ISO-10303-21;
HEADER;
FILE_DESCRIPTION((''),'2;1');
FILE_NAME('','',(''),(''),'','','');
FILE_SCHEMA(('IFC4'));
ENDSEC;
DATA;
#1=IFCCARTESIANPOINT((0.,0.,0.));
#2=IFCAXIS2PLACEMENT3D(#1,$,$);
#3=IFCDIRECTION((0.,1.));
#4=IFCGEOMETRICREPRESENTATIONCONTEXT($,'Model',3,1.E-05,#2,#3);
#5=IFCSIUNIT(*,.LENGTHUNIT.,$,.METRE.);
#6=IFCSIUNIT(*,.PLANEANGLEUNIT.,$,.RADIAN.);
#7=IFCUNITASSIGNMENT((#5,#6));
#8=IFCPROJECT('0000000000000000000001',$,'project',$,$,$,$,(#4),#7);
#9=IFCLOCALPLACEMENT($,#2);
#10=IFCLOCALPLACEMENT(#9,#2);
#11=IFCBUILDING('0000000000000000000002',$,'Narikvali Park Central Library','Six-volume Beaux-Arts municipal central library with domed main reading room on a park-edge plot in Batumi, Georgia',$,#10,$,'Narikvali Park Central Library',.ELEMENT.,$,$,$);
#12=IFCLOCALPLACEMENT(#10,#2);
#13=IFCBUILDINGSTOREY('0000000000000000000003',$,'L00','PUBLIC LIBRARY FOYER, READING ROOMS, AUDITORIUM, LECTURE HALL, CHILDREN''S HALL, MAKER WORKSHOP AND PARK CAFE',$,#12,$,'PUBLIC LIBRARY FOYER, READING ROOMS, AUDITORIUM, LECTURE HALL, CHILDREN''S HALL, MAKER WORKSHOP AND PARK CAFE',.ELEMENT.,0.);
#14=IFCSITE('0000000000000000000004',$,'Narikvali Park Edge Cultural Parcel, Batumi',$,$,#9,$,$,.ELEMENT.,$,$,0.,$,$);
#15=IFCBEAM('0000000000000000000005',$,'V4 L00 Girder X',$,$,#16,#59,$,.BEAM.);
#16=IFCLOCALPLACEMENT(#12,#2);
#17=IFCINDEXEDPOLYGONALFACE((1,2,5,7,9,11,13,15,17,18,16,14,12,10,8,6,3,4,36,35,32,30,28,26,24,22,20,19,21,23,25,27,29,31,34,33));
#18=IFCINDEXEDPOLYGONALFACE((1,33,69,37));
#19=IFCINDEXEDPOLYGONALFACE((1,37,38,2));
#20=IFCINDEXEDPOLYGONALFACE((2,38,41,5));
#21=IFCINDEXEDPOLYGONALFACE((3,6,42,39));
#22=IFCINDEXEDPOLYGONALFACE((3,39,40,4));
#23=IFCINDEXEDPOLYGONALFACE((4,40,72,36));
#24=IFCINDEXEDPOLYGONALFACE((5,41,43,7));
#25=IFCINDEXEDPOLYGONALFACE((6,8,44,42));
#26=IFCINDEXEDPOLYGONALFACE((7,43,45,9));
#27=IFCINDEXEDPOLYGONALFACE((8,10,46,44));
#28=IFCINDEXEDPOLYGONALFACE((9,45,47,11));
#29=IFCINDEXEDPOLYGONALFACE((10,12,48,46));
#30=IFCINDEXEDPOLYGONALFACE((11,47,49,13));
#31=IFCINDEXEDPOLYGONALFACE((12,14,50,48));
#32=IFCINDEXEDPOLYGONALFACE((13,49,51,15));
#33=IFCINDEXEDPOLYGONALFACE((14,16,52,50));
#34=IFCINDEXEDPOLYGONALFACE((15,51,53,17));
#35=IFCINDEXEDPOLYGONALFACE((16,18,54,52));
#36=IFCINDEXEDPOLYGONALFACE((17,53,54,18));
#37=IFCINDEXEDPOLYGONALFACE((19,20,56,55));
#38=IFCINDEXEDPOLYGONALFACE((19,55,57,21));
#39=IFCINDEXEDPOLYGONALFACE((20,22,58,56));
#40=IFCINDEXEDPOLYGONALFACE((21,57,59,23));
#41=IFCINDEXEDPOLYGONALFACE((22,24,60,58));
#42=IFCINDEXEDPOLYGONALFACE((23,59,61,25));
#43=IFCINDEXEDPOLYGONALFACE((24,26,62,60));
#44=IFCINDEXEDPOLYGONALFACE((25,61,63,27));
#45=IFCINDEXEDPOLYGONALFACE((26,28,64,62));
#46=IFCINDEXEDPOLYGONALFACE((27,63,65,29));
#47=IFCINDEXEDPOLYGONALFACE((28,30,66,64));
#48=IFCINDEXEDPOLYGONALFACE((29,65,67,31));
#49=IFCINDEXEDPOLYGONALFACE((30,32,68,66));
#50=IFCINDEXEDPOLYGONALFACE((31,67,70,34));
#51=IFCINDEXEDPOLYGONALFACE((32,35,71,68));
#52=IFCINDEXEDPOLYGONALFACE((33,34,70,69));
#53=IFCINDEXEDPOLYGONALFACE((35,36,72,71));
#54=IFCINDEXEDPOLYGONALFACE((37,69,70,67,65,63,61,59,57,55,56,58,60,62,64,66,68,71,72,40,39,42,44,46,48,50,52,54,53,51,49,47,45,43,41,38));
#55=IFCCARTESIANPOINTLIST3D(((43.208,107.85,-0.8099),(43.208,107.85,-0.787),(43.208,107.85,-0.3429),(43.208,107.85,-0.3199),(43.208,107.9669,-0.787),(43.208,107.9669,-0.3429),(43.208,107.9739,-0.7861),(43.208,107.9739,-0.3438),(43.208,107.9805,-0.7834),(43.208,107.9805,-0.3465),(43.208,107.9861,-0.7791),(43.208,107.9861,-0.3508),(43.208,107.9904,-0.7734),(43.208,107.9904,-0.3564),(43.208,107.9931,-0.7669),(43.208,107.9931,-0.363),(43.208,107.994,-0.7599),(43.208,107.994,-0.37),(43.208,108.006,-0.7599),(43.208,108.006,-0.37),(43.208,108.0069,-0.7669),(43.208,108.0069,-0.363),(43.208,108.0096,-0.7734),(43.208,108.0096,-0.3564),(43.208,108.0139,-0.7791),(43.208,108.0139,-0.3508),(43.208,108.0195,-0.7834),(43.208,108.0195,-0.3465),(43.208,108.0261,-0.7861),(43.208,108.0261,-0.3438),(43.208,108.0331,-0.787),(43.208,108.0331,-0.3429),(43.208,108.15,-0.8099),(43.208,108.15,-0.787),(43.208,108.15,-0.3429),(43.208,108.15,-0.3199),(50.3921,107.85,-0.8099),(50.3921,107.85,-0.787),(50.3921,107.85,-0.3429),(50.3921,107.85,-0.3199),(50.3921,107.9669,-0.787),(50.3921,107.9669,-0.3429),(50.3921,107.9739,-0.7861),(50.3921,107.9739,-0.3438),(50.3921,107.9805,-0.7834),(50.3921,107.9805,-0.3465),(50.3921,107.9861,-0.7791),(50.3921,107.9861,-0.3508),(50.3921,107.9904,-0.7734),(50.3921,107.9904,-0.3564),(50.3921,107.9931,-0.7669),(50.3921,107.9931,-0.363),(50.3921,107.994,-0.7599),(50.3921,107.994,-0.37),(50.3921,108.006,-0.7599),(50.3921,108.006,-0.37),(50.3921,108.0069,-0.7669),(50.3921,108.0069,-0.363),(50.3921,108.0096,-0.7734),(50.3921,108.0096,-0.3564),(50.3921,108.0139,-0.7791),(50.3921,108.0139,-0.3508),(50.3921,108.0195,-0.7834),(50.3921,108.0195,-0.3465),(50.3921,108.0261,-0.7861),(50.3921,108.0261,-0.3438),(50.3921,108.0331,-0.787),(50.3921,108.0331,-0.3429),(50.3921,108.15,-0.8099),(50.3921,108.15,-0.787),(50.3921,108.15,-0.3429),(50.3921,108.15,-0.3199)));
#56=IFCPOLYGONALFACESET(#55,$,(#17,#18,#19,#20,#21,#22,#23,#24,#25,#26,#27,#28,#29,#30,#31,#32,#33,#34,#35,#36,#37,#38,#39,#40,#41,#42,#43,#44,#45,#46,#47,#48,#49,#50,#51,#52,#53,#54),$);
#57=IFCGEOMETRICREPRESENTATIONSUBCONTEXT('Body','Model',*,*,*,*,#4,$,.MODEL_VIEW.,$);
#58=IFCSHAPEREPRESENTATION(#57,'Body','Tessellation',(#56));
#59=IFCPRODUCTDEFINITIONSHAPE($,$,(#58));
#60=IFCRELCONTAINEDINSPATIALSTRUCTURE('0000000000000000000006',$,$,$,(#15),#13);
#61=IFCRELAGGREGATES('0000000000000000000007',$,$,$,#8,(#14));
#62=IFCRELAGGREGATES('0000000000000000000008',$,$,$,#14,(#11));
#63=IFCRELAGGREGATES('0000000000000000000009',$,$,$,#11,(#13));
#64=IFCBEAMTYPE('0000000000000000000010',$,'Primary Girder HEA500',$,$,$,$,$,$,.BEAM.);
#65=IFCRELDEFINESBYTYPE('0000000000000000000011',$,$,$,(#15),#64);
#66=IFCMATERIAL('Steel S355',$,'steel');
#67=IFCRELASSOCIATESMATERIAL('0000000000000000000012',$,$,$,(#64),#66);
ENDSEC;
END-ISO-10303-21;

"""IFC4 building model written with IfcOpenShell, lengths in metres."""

from ifc_helpers import new_model, si_unit, direction, frame, origin, origin_2d, place, context, subcontext, project, spatial, i_section, extrude, material, material_profile, profile_set, type_object, element, save


model = new_model("IFC4")

# Units and contexts
model_context = context("Model", 3, precision=1e-05, world=origin(), true_north=direction((0.0, 1.0)))
body_context = subcontext(model_context, "Body", "Model", "MODEL_VIEW")
ifc_project = project(units=[si_unit("LENGTHUNIT", "METRE"), si_unit("PLANEANGLEUNIT", "RADIAN")], contexts=[model_context])

# Site, building, storey
site_placement = place(None, origin())
site = spatial("IfcSite", under=ifc_project, at=site_placement, Name="Narikvali Park Edge Cultural Parcel, Batumi", CompositionType="ELEMENT", RefElevation=0.0)
building_placement = place(site_placement, origin())
building = spatial("IfcBuilding", under=site, at=building_placement, Name="Narikvali Park Central Library", Description="Six-volume Beaux-Arts municipal central library with domed main reading room on a park-edge plot in Batumi, Georgia", LongName="Narikvali Park Central Library", CompositionType="ELEMENT")
storey_placement = place(building_placement, origin())
storey = spatial("IfcBuildingStorey", under=building, at=storey_placement, Name="L00", Description="PUBLIC LIBRARY FOYER, READING ROOMS, AUDITORIUM, LECTURE HALL, CHILDREN'S HALL, MAKER WORKSHOP AND PARK CAFE", LongName="PUBLIC LIBRARY FOYER, READING ROOMS, AUDITORIUM, LECTURE HALL, CHILDREN'S HALL, MAKER WORKSHOP AND PARK CAFE", CompositionType="ELEMENT", Elevation=0.0)

# Shared definitions
ifc_material = material(Name="Steel S355", Category="steel")

# Beam
ifc_material_profile_1 = material_profile(ifc_material, i_section(OverallWidth=0.3, OverallDepth=0.49, WebThickness=0.012, FlangeThickness=0.0229, FilletRadius=0.0271, at=origin_2d()), Name="HEA 500")
ifc_profile_set_1 = profile_set([ifc_material_profile_1], Name="Steel S355")
beam_type_1 = type_object("IfcBeamType", Name="Primary Girder HEA500", PredefinedType="BEAM", material=ifc_profile_set_1)
beam_1_placement = place(storey_placement, frame((43.208, 108.0, -0.5649), z_axis=(1.0, 0.0, 0.0), x_axis=(0.0, 1.0, 0.0)))
element("IfcBeam", 1, at=beam_1_placement, inside=storey, type_object=beam_type_1, Name="V4 L00 Girder X", PredefinedType="BEAM", context=body_context, shape_type="SweptSolid", body=[
    extrude(i_section(OverallWidth=0.3, OverallDepth=0.49, WebThickness=0.012, FlangeThickness=0.0229, FilletRadius=0.0271, at=origin_2d()), origin(), (0.0, 0.0, 1.0), 7.1841),
])

save(model, "model.ifc")
